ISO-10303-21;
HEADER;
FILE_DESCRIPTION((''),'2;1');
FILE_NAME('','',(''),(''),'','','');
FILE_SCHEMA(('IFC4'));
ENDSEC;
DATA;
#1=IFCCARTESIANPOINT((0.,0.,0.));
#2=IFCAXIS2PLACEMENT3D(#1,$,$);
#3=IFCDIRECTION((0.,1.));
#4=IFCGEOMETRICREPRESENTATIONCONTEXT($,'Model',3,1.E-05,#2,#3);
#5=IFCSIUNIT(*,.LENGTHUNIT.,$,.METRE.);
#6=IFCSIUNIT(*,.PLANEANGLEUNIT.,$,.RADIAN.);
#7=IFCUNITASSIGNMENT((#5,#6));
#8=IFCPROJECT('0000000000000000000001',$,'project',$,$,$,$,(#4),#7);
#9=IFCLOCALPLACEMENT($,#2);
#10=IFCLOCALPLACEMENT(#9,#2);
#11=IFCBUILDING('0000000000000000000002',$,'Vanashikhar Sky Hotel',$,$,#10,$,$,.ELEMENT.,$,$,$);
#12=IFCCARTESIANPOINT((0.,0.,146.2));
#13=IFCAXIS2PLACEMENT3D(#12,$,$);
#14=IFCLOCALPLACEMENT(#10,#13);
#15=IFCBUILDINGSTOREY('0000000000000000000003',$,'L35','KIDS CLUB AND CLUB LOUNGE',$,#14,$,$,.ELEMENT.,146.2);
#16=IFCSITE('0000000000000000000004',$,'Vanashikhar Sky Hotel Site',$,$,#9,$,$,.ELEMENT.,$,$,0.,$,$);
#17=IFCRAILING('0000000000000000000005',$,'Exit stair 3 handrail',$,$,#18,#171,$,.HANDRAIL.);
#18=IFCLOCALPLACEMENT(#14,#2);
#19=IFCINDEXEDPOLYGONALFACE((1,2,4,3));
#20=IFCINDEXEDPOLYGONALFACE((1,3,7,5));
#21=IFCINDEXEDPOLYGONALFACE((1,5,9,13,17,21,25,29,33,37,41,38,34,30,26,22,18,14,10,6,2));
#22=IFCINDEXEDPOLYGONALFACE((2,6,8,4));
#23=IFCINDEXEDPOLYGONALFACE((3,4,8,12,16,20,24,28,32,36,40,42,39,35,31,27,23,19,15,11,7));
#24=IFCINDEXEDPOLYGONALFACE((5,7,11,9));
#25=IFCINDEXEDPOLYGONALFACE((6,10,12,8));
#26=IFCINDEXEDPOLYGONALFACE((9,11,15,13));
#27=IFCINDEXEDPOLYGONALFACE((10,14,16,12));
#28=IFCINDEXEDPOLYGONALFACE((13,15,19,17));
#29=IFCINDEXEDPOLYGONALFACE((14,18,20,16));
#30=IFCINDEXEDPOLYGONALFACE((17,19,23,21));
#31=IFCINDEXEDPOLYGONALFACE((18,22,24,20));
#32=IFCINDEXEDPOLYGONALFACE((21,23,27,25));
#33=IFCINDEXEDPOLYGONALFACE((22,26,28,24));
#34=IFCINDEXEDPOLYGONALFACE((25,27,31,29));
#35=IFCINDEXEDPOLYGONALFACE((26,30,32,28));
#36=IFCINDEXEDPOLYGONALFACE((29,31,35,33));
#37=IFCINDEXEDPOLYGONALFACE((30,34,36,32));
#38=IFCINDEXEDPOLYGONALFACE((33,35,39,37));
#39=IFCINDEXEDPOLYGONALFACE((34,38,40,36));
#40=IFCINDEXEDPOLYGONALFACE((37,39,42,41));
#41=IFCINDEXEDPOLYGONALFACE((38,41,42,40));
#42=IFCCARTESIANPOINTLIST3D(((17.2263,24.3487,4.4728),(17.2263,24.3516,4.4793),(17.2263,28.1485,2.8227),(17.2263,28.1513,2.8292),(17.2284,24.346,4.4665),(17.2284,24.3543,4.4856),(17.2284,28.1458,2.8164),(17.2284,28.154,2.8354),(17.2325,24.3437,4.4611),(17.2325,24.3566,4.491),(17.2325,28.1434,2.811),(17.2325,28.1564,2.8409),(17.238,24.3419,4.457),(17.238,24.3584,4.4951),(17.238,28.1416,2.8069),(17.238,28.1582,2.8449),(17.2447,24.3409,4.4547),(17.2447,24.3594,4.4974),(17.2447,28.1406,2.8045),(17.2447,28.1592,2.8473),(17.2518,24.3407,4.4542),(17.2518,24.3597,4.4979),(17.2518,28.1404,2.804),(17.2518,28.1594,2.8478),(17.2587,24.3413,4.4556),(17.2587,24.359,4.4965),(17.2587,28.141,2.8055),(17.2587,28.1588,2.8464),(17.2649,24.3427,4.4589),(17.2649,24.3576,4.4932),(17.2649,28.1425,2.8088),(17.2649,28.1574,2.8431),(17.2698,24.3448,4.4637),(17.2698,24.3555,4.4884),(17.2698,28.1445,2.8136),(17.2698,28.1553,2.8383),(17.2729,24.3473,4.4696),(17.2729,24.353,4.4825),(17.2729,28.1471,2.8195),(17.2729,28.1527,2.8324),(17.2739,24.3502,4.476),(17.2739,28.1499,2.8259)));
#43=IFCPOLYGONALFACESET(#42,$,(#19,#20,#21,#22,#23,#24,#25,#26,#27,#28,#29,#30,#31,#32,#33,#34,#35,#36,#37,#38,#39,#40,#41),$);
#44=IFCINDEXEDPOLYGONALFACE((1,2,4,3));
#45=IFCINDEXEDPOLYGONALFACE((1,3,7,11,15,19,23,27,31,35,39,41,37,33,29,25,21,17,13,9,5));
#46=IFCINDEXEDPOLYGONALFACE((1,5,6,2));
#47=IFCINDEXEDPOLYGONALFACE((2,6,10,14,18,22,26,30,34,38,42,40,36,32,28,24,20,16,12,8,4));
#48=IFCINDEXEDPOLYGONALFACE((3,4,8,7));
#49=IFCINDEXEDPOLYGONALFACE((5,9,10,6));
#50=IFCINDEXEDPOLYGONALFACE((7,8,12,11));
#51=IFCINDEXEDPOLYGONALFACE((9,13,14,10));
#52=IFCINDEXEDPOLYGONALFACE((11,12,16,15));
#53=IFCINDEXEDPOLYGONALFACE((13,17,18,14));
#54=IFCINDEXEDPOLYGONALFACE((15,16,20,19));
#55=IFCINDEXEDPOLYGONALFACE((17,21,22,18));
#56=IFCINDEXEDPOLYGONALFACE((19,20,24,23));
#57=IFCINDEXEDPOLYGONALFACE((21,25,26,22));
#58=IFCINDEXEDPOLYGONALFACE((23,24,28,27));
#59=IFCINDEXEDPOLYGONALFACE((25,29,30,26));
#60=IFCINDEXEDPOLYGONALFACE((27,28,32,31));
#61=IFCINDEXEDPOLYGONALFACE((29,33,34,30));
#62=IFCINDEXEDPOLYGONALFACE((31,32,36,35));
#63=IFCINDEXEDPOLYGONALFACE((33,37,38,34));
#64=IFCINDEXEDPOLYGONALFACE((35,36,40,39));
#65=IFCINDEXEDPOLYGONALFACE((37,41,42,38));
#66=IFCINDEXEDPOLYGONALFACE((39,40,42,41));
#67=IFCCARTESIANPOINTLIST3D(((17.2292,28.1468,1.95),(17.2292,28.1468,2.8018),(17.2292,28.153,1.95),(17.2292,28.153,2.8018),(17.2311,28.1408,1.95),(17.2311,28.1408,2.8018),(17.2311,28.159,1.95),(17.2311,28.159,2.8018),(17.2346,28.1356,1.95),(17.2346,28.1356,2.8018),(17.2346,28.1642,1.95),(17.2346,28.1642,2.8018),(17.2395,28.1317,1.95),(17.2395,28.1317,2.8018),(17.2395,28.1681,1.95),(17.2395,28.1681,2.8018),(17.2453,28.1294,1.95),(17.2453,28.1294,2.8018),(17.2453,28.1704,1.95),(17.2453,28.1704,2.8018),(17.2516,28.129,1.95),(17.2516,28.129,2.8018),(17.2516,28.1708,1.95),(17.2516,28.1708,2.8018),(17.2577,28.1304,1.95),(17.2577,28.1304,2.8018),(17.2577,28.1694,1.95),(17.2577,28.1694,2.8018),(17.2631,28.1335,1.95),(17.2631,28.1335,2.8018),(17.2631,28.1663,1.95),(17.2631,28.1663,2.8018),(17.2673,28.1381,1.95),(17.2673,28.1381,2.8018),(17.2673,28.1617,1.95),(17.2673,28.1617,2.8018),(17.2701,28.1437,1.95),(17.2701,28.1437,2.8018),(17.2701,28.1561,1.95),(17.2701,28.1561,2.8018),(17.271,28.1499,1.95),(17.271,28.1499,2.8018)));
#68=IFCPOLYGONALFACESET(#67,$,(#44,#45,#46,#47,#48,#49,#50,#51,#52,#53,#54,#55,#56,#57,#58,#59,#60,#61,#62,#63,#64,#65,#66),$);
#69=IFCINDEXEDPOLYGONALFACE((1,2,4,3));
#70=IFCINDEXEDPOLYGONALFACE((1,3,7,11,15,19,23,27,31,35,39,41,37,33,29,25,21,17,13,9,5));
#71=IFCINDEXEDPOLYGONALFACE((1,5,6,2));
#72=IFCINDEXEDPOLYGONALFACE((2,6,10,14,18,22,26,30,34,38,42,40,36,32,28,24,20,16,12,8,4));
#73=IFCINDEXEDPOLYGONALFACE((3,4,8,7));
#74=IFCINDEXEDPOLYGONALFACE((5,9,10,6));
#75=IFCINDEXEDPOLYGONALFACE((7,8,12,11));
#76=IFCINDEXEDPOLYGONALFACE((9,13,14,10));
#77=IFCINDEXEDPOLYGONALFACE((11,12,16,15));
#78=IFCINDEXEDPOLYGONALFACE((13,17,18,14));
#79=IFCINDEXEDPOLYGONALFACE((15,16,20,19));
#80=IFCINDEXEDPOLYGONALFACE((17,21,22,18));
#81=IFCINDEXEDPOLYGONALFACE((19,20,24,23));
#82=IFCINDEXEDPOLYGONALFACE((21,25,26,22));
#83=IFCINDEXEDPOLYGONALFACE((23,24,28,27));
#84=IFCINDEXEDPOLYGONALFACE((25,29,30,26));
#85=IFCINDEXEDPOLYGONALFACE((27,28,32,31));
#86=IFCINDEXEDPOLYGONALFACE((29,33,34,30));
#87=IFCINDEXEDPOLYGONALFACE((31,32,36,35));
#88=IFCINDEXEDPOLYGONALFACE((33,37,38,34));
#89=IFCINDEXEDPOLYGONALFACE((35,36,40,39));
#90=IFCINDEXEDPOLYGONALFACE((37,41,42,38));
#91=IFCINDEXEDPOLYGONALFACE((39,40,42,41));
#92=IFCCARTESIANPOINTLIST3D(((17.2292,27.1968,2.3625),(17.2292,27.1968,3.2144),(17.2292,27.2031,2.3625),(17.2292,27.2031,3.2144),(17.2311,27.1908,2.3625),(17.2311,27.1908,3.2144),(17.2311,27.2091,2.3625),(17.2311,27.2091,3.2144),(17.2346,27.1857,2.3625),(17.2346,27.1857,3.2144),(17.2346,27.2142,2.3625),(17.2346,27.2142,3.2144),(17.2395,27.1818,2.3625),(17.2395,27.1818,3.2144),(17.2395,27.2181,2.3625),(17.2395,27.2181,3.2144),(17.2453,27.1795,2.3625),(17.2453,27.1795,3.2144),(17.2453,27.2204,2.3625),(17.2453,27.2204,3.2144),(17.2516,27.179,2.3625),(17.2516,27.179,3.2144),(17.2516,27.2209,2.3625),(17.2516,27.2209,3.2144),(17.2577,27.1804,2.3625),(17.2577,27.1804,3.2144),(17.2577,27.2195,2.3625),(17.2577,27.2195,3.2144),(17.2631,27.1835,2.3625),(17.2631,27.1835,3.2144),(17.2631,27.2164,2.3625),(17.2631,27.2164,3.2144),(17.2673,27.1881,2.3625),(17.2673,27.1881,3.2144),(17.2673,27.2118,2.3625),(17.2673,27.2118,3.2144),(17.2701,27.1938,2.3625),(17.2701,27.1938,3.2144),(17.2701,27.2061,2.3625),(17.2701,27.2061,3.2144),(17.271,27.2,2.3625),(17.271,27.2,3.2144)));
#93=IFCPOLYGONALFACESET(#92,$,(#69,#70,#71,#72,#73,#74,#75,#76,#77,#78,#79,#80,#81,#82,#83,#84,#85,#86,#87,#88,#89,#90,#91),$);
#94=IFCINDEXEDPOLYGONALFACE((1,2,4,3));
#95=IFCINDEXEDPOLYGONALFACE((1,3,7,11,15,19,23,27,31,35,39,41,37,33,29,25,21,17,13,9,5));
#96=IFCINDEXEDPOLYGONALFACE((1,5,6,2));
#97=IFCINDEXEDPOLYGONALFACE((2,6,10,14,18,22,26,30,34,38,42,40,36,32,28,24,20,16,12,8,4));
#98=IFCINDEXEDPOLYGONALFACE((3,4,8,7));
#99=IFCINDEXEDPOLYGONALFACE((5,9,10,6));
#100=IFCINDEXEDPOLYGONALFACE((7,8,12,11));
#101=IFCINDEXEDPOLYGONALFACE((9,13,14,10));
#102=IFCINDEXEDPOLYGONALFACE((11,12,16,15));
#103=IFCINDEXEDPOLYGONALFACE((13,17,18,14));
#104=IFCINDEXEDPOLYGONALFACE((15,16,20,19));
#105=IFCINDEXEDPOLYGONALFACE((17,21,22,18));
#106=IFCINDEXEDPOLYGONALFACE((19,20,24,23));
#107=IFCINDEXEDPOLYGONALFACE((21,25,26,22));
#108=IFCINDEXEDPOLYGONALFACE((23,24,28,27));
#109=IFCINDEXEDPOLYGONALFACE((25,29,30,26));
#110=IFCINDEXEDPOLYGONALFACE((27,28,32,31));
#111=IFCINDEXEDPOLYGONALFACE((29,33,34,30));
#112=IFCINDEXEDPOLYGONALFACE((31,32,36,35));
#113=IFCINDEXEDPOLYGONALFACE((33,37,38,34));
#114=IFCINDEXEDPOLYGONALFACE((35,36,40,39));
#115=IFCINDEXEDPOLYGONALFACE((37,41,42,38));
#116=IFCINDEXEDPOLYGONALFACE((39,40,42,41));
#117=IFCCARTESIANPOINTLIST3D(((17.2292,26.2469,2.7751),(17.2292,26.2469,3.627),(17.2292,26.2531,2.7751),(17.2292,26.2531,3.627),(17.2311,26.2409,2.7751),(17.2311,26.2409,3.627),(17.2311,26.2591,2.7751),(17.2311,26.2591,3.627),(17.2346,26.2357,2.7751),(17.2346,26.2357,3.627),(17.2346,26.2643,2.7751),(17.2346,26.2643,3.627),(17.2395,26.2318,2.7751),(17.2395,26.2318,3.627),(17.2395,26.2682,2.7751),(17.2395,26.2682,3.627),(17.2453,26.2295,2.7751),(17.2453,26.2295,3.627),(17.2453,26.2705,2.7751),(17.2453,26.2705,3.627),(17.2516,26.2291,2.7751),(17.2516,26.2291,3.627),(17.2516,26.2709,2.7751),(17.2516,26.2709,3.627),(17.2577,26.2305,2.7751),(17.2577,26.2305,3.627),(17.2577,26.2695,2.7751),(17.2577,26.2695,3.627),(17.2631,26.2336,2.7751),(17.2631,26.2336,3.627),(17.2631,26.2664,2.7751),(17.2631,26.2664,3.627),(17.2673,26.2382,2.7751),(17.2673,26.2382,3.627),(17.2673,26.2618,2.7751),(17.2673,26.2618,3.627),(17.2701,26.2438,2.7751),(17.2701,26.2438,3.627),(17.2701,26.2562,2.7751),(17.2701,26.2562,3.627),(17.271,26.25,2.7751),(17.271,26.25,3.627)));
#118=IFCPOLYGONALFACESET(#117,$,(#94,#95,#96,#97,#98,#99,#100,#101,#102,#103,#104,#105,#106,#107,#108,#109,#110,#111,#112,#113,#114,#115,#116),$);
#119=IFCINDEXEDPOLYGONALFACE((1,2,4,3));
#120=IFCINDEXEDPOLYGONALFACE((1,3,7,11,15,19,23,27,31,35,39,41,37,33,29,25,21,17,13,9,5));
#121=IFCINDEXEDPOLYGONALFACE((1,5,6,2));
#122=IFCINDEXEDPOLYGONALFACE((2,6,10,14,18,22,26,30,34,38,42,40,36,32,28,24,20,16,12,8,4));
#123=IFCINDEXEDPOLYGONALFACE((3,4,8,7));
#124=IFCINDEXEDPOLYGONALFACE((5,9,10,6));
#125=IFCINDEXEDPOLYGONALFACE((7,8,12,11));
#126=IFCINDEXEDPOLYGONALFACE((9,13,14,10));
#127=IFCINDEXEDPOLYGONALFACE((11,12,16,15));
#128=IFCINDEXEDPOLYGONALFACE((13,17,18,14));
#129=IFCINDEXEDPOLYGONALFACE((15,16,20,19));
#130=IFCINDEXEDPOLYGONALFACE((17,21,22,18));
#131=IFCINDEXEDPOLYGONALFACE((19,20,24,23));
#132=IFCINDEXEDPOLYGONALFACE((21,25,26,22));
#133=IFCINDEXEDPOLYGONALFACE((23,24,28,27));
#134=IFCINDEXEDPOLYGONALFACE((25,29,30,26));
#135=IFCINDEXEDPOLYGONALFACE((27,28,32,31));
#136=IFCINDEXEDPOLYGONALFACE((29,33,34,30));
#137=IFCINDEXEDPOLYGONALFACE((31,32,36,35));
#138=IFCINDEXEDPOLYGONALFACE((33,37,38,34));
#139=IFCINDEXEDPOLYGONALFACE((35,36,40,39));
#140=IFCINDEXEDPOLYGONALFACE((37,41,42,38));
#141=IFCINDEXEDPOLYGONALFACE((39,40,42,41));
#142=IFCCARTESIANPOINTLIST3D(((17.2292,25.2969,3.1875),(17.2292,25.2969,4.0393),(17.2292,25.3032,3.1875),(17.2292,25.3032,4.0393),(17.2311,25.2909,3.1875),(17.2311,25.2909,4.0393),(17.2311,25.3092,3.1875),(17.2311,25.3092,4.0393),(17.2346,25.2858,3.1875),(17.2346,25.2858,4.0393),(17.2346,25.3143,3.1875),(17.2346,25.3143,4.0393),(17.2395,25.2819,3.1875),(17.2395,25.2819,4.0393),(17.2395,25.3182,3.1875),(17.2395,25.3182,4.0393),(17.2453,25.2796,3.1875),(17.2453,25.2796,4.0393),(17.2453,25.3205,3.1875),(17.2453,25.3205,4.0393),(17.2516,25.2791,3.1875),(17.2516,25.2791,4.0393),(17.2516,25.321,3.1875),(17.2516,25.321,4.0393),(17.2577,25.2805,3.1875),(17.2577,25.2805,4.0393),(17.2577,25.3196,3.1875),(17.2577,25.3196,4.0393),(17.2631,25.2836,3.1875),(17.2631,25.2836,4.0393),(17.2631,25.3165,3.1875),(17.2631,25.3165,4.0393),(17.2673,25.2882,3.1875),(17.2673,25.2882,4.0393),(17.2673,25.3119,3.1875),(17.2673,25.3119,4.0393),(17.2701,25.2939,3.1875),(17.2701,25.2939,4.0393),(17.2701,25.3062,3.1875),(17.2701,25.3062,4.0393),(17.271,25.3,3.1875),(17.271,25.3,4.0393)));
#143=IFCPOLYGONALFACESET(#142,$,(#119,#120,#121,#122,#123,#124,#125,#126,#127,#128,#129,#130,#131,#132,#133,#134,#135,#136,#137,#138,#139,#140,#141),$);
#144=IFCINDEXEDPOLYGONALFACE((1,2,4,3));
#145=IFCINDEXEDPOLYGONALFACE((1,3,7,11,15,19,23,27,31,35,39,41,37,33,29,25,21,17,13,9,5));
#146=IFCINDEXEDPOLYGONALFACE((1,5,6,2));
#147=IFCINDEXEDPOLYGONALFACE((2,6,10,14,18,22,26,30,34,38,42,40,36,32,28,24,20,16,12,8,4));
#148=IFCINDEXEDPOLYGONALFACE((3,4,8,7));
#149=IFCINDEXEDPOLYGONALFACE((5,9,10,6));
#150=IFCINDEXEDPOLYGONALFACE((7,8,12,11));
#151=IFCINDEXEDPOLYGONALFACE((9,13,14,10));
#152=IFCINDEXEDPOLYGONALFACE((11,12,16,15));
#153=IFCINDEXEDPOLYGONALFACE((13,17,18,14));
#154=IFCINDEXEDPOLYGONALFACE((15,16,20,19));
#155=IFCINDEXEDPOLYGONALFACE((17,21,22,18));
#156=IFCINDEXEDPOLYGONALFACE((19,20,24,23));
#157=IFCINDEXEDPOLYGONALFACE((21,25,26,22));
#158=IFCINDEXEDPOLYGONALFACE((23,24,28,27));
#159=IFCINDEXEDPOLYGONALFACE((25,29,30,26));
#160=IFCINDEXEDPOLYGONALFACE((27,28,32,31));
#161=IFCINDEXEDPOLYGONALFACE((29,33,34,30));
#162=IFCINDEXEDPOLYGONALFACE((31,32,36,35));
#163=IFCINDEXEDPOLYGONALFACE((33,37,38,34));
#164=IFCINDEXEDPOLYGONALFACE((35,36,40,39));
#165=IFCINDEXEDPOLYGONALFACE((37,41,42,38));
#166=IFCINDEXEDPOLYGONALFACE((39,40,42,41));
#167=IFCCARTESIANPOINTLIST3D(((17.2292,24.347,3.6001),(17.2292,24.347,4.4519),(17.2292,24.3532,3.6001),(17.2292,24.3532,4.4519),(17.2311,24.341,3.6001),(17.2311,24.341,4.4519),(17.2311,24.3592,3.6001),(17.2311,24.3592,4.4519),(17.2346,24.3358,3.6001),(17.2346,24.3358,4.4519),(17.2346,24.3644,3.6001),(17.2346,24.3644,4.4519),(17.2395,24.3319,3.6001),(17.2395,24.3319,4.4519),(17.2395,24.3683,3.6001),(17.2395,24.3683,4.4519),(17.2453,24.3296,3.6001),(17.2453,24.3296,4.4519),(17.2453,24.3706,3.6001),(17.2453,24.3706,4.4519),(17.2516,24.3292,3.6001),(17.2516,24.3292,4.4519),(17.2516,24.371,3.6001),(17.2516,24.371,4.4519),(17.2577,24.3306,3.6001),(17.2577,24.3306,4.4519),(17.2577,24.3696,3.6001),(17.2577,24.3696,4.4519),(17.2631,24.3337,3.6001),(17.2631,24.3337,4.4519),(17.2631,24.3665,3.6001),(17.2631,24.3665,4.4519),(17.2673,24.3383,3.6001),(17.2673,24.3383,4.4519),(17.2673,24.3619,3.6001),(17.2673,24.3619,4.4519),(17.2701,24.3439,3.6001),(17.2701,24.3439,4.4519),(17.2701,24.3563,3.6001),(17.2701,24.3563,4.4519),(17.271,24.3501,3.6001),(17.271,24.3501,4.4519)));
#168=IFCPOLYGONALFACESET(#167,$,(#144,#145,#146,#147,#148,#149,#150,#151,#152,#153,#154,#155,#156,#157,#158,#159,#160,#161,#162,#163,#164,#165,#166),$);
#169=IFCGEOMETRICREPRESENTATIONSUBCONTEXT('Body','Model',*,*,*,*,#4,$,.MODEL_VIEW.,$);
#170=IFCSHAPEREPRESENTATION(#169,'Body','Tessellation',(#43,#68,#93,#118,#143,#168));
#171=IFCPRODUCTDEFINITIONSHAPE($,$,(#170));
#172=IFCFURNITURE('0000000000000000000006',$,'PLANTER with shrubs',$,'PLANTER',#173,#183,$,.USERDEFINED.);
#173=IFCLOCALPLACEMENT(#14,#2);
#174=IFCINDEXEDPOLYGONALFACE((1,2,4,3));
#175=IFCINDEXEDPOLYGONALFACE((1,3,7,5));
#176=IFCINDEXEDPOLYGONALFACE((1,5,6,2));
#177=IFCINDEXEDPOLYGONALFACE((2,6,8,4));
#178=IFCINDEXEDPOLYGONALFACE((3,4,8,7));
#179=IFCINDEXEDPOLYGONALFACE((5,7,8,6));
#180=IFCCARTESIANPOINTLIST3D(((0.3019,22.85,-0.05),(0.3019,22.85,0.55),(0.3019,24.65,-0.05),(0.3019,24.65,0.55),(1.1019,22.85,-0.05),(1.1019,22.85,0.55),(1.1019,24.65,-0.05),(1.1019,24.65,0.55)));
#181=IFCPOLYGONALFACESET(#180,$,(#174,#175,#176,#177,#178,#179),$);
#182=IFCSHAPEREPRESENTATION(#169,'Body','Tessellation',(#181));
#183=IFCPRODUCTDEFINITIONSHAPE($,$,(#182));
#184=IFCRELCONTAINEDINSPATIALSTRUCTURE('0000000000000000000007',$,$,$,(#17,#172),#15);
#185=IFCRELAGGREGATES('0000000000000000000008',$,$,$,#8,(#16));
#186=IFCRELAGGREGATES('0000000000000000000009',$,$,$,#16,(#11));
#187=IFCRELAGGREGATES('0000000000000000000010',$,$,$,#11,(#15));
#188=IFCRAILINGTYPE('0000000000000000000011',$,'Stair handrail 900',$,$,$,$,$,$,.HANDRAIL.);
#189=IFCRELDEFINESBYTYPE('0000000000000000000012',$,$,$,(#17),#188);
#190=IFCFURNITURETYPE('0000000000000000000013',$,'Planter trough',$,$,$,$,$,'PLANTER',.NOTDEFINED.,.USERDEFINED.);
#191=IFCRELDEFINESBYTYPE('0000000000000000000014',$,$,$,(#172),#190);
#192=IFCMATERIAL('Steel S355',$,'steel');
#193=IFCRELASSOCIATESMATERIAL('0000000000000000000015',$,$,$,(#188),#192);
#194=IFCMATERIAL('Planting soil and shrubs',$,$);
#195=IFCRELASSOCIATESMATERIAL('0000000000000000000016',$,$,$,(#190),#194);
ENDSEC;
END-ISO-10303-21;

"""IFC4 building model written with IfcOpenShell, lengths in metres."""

from ifc_helpers import new_model, si_unit, direction, frame, origin, origin_2d, place, context, subcontext, project, spatial, rectangle, circle, extrude, source, transform, mapped, material, type_object, element, save


model = new_model("IFC4")

# Units and contexts
model_context = context("Model", 3, precision=1e-05, world=origin(), true_north=direction((0.0, 1.0)))
body_context = subcontext(model_context, "Body", "Model", "MODEL_VIEW")
ifc_project = project(units=[si_unit("LENGTHUNIT", "METRE"), si_unit("PLANEANGLEUNIT", "RADIAN")], contexts=[model_context])

# Site, building, storey
site_placement = place(None, origin())
site = spatial("IfcSite", under=ifc_project, at=site_placement, Name="Vanashikhar Sky Hotel Site", CompositionType="ELEMENT", RefElevation=0.0)
building_placement = place(site_placement, origin())
building = spatial("IfcBuilding", under=site, at=building_placement, Name="Vanashikhar Sky Hotel", CompositionType="ELEMENT")
storey_placement = place(building_placement, frame((0.0, 0.0, 146.2)))
storey = spatial("IfcBuildingStorey", under=building, at=storey_placement, Name="L35", Description="KIDS CLUB AND CLUB LOUNGE", CompositionType="ELEMENT", Elevation=146.2)

# Railing
ifc_material_1 = material(Name="Steel S355", Category="steel")
railing_type_1 = type_object("IfcRailingType", Name="Stair handrail 900", PredefinedType="HANDRAIL", material=ifc_material_1)
shared_shape_1 = source(origin(), body_context, "Body", "SweptSolid", [
    extrude(circle(Radius=0.0239, at=origin_2d()), frame((0.0, 0.0, 0.876), z_axis=(0.0, -0.917241, 0.398332), x_axis=(1.0, 0.0, 0.0)), (0.0, 0.0, 1.0), 4.1426),
    extrude(circle(Radius=0.021, at=origin_2d()), origin(), (0.0, 0.0, 1.0), 0.8518),
    extrude(circle(Radius=0.021, at=origin_2d()), frame((0.0, -0.95, 0.4126)), (0.0, 0.0, 1.0), 0.8518),
    extrude(circle(Radius=0.021, at=origin_2d()), frame((0.0, -1.8999, 0.8252)), (0.0, 0.0, 1.0), 0.8518),
    extrude(circle(Radius=0.021, at=origin_2d()), frame((0.0, -2.8499, 1.2375)), (0.0, 0.0, 1.0), 0.8518),
    extrude(circle(Radius=0.021, at=origin_2d()), frame((0.0, -3.7998, 1.6501)), (0.0, 0.0, 1.0), 0.8518),
])
railing_1_placement = place(storey_placement, frame((17.25, 28.1499, 1.95)))
element("IfcRailing", 1, at=railing_1_placement, inside=storey, type_object=railing_type_1, Name="Exit stair 3 handrail", PredefinedType="HANDRAIL", context=body_context, shape_type="MappedRepresentation", body=[
    mapped(shared_shape_1, transform((0.0, 0.0, 0.0), scale=1.0)),
])

# Furniture
ifc_material_2 = material(Name="Planting soil and shrubs")
furniture_type = type_object("IfcFurnitureType", Name="Planter trough", ElementType="PLANTER", AssemblyPlace="NOTDEFINED", PredefinedType="USERDEFINED", material=ifc_material_2)
shared_shape_2 = source(origin(), body_context, "Body", "SweptSolid", [
    extrude(rectangle(XDim=1.8, YDim=0.8, at=origin_2d()), origin(), (0.0, 0.0, 1.0), 0.6001),
])
furniture_placement = place(storey_placement, frame((0.7019, 23.75, -0.05), z_axis=(0.0, 0.0, 1.0), x_axis=(0.0, 1.0, 0.0)))
element("IfcFurniture", 2, at=furniture_placement, inside=storey, type_object=furniture_type, Name="PLANTER with shrubs", ObjectType="PLANTER", PredefinedType="USERDEFINED", context=body_context, shape_type="MappedRepresentation", body=[
    mapped(shared_shape_2, transform((0.0, 0.0, 0.0), scale=1.0)),
])

save(model, "model.ifc")
